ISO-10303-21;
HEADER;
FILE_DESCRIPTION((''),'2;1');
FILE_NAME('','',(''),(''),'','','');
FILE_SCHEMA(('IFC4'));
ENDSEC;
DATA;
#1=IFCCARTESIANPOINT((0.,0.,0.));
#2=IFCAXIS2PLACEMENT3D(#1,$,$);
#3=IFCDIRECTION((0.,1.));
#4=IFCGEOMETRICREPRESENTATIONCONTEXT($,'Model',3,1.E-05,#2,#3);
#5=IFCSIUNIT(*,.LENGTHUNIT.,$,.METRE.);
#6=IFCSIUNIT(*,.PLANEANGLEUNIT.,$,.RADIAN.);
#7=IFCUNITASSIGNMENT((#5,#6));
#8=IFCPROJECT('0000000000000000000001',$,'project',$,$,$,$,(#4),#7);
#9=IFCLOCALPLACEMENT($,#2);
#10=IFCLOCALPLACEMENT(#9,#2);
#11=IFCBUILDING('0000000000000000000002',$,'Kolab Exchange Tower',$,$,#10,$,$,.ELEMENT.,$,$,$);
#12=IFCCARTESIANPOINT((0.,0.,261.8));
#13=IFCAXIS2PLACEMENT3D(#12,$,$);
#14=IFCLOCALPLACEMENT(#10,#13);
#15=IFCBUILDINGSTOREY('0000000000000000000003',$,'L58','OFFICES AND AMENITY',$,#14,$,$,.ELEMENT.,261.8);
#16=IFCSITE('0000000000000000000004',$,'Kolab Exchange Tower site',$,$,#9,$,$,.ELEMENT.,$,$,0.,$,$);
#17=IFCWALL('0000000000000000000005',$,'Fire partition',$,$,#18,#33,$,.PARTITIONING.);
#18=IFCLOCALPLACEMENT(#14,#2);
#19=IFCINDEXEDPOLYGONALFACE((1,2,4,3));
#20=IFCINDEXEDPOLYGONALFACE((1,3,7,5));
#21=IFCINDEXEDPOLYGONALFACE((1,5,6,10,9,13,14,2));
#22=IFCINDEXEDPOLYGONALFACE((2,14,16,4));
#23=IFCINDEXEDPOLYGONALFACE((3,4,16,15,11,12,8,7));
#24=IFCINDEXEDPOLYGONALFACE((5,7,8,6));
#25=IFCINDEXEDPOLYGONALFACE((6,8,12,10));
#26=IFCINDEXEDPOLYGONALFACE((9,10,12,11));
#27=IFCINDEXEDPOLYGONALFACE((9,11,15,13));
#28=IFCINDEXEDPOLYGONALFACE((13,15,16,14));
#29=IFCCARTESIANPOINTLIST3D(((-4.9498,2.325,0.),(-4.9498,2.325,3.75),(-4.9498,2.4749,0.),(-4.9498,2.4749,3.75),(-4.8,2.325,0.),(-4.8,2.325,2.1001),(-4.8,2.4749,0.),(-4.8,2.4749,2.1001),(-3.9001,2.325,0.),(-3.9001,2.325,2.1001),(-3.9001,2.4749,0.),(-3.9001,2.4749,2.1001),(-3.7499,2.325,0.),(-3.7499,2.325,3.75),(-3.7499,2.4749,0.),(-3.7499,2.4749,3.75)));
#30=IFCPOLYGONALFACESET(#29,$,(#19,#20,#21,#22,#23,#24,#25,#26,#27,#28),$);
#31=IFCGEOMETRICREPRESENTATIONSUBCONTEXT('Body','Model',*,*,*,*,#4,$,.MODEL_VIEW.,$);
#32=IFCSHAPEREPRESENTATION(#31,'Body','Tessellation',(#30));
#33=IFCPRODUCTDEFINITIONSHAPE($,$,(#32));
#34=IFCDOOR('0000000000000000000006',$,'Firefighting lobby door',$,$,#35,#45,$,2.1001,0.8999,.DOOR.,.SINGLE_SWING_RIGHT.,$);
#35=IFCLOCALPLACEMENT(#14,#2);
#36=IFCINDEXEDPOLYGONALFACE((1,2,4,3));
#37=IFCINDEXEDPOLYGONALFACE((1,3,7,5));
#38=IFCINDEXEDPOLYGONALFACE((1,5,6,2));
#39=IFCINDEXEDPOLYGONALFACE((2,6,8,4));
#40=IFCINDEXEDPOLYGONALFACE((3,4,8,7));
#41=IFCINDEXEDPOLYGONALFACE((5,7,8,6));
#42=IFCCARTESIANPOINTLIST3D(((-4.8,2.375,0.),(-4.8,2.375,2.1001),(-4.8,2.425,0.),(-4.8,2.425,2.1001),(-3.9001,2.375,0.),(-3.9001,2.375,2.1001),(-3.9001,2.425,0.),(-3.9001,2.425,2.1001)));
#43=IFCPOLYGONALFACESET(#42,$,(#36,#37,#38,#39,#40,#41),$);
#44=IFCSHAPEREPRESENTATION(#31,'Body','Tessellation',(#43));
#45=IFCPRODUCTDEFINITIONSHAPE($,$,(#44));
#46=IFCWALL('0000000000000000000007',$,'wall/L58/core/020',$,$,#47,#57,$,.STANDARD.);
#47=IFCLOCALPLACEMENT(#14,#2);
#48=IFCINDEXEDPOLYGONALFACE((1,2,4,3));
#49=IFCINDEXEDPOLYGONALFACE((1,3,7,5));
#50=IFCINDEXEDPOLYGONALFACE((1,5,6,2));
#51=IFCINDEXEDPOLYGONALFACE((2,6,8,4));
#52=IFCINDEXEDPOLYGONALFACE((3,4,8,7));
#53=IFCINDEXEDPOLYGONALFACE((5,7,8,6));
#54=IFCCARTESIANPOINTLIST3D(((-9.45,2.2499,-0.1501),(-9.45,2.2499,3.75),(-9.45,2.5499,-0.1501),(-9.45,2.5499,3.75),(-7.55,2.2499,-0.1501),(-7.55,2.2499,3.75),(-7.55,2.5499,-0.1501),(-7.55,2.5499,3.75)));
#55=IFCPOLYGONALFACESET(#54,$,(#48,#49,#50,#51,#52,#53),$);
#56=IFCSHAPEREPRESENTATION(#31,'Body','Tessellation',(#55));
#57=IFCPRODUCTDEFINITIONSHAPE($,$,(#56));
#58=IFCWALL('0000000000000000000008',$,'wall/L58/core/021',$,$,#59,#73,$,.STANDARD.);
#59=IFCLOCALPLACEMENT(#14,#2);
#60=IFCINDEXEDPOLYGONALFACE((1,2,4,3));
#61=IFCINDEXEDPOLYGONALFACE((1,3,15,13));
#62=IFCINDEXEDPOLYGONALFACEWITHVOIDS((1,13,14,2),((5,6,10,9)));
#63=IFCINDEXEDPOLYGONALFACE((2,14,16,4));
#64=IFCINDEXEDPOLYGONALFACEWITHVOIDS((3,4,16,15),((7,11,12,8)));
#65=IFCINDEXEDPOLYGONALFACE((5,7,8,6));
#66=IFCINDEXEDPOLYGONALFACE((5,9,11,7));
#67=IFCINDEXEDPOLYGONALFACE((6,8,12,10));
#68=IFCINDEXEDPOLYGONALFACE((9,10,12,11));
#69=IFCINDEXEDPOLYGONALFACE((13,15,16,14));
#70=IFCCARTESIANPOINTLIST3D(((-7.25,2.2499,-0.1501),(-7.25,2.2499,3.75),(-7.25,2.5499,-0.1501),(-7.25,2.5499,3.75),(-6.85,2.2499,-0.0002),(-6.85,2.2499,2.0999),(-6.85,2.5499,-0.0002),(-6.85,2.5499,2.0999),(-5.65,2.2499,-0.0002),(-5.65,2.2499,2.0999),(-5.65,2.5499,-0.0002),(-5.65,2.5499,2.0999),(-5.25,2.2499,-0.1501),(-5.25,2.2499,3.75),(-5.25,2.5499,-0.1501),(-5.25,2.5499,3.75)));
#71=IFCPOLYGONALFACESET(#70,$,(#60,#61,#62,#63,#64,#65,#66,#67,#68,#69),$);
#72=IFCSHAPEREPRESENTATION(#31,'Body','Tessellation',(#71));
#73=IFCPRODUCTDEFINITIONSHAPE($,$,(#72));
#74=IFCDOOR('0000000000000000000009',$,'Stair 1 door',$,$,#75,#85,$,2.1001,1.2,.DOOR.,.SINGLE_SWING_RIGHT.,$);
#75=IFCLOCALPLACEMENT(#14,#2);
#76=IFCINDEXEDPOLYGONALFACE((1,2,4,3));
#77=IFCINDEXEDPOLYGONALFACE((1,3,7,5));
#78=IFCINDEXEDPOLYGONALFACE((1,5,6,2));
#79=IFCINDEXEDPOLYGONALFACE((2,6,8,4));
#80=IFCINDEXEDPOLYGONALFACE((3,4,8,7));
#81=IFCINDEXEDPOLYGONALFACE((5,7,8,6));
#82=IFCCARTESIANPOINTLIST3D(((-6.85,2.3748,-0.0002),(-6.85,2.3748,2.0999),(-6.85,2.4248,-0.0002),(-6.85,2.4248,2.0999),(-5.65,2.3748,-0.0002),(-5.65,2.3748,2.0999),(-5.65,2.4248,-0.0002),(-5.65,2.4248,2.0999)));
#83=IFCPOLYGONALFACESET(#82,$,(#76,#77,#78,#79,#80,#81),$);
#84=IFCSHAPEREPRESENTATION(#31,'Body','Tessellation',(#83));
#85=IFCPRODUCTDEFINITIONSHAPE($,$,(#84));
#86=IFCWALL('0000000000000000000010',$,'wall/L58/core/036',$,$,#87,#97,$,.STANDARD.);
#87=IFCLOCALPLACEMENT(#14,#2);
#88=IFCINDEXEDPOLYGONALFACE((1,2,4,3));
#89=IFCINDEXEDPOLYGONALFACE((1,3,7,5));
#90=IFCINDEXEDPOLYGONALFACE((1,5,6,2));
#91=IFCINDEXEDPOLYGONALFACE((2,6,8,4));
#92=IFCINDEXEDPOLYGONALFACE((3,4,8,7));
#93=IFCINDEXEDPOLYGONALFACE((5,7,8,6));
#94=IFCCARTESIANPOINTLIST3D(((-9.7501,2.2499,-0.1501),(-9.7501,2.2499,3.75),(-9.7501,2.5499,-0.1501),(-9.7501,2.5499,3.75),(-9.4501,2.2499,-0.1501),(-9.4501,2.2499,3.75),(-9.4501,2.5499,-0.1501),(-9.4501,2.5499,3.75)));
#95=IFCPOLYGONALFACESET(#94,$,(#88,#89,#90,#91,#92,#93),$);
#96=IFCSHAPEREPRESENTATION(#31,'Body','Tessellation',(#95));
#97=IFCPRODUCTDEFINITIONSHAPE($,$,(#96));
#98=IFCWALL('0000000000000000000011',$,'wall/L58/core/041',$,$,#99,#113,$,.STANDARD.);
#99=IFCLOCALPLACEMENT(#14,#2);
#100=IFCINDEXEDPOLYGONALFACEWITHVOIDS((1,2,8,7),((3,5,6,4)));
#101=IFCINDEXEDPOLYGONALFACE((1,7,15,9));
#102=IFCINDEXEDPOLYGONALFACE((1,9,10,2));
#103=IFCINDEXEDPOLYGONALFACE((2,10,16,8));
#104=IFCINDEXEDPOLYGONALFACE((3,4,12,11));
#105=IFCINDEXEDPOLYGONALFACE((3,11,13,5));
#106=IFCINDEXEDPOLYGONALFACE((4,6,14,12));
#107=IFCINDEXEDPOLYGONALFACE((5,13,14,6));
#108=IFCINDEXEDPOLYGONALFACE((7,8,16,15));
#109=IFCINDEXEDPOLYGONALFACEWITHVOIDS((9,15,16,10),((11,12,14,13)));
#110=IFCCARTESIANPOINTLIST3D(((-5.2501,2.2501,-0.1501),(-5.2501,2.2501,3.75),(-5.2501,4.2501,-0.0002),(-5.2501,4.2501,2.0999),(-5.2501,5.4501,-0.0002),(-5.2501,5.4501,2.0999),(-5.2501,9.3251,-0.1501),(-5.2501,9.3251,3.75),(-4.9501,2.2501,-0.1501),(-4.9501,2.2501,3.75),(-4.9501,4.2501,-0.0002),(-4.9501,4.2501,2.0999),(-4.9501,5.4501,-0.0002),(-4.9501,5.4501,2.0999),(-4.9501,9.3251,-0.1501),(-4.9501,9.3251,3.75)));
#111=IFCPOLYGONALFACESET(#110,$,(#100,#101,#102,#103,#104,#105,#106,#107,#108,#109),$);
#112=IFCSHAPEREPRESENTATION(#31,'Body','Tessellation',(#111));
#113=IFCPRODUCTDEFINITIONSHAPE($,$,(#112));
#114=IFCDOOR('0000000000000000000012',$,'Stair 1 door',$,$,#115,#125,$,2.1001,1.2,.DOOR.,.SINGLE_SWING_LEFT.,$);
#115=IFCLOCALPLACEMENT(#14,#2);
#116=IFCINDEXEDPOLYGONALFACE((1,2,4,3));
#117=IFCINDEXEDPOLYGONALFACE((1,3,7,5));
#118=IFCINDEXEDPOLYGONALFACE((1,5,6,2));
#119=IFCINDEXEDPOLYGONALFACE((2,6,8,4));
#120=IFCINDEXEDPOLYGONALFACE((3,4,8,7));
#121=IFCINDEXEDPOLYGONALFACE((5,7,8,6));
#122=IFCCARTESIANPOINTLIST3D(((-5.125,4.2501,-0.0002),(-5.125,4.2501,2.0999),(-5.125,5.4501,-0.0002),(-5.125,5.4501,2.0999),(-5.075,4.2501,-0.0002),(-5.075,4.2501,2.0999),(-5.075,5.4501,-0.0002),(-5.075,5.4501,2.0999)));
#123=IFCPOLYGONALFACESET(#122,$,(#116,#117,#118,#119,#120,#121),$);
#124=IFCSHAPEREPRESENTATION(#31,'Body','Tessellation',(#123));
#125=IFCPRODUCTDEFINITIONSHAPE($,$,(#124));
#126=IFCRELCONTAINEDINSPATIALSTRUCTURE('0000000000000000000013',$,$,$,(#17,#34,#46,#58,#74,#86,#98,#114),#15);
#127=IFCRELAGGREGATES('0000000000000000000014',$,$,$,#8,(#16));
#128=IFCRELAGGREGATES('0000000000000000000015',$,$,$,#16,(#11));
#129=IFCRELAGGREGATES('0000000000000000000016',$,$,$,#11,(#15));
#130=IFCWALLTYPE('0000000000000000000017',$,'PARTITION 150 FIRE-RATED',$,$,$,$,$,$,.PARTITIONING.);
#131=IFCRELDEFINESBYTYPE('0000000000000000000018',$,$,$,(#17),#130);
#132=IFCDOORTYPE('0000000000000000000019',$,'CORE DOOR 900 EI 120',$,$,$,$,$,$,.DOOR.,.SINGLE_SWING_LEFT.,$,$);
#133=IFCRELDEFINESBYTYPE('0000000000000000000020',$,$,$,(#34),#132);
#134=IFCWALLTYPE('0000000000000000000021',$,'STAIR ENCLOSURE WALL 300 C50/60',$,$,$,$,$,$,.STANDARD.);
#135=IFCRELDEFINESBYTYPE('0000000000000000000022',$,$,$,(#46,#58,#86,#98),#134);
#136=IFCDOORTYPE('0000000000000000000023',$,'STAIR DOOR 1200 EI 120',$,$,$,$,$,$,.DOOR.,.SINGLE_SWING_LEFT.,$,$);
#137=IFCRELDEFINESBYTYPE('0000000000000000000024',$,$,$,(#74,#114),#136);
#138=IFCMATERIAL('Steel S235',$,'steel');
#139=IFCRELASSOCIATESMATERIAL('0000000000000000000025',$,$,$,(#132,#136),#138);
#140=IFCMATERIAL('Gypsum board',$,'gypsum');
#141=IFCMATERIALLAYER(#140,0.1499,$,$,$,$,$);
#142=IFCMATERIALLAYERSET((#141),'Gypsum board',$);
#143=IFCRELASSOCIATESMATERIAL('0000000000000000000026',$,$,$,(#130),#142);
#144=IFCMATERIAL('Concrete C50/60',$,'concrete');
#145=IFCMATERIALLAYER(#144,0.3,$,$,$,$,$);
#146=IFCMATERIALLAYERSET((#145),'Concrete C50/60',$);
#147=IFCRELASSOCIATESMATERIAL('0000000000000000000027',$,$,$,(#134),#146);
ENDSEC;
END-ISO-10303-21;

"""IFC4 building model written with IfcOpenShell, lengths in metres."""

from ifc_helpers import new_model, si_unit, direction, frame, frame_2d, origin, place, context, subcontext, project, spatial, rectangle, extrude, material, layer, layer_set, type_object, element, fill, save


model = new_model("IFC4")

# Units and contexts
model_context = context("Model", 3, precision=1e-05, world=origin(), true_north=direction((0.0, 1.0)))
body_context = subcontext(model_context, "Body", "Model", "MODEL_VIEW")
ifc_project = project(units=[si_unit("LENGTHUNIT", "METRE"), si_unit("PLANEANGLEUNIT", "RADIAN")], contexts=[model_context])

# Site, building, storey
site_placement = place(None, origin())
site = spatial("IfcSite", under=ifc_project, at=site_placement, Name="Kolab Exchange Tower site", CompositionType="ELEMENT", RefElevation=0.0)
building_placement = place(site_placement, origin())
building = spatial("IfcBuilding", under=site, at=building_placement, Name="Kolab Exchange Tower", CompositionType="ELEMENT")
storey_placement = place(building_placement, frame((0.0, 0.0, 261.8)))
storey = spatial("IfcBuildingStorey", under=building, at=storey_placement, Name="L58", Description="OFFICES AND AMENITY", CompositionType="ELEMENT", Elevation=261.8)

# Shared definitions
ifc_material_1 = material(Name="Concrete C50/60", Category="concrete")
ifc_material_2 = material(Name="Steel S235", Category="steel")
door_type_1 = type_object("IfcDoorType", Name="CORE DOOR 900 EI 120", OperationType="SINGLE_SWING_LEFT", PredefinedType="DOOR", material=ifc_material_2)

# Wall, opening, door
ifc_material_3 = material(Name="Gypsum board", Category="gypsum")
ifc_layer_1 = layer(ifc_material_3, 0.1499)
ifc_layer_set_1 = layer_set([ifc_layer_1], Name="Gypsum board")
wall_type_1 = type_object("IfcWallType", Name="PARTITION 150 FIRE-RATED", PredefinedType="PARTITIONING", material=ifc_layer_set_1)
wall_1_placement = place(storey_placement, frame((-4.95, 2.3999, 0.0), z_axis=(0.0, 0.0, 1.0), x_axis=(1.0, 0.0, 0.0)))
wall_1 = element("IfcWall", 1, at=wall_1_placement, inside=storey, type_object=wall_type_1, Name="Fire partition", PredefinedType="PARTITIONING", context=body_context, shape_type="SweptSolid", body=[
    extrude(rectangle(XDim=1.2, YDim=0.1499, at=frame_2d((0.6001, 0.0))), origin(), (0.0, 0.0, 1.0), 3.75),
])
opening_1_placement = place(wall_1_placement, frame((0.1499, 0.0, 0.0)))
opening_1 = element("IfcOpeningElement", 2, at=opening_1_placement, cuts=wall_1, PredefinedType="OPENING", context=body_context, shape_type="SweptSolid", body=[
    extrude(rectangle(XDim=0.8999, YDim=2.1001, at=frame_2d((0.45, 1.05))), frame((0.0, 0.085, 0.0), z_axis=(0.0, -1.0, 0.0), x_axis=(1.0, 0.0, 0.0)), (0.0, 0.0, 1.0), 0.1699),
])
door_1_placement = place(opening_1_placement, frame((0.8999, 0.0, 0.0), z_axis=(0.0, 0.0, 1.0), x_axis=(-1.0, 0.0, 0.0)))
door_1 = element("IfcDoor", 3, at=door_1_placement, inside=storey, type_object=door_type_1, Name="Firefighting lobby door", OperationType="SINGLE_SWING_RIGHT", OverallHeight=2.1001, OverallWidth=0.8999, PredefinedType="DOOR", context=body_context, shape_type="SweptSolid", body=[
    extrude(rectangle(XDim=0.8999, YDim=2.1001, at=frame_2d((0.45, 1.05))), frame((0.0, 0.0249, 0.0), z_axis=(0.0, -1.0, 0.0), x_axis=(1.0, 0.0, 0.0)), (0.0, 0.0, 1.0), 0.05),
])
fill(opening_1, door_1)

# Wall
ifc_layer_2 = layer(ifc_material_1, 0.3)
ifc_layer_set_2 = layer_set([ifc_layer_2], Name="Concrete C50/60")
wall_type_2 = type_object("IfcWallType", Name="STAIR ENCLOSURE WALL 300 C50/60", PredefinedType="STANDARD", material=ifc_layer_set_2)
wall_2_placement = place(storey_placement, frame((-9.45, 2.3999, -0.1501), z_axis=(0.0, 0.0, 1.0), x_axis=(1.0, 0.0, 0.0)))
element("IfcWall", 4, at=wall_2_placement, inside=storey, type_object=wall_type_2, Name="wall/L58/core/020", PredefinedType="STANDARD", context=body_context, shape_type="SweptSolid", body=[
    extrude(rectangle(XDim=1.8999, YDim=0.3, at=frame_2d((0.95, 0.0))), origin(), (0.0, 0.0, 1.0), 3.9001),
])

# Wall, opening, door
wall_3_placement = place(storey_placement, frame((-7.25, 2.3999, -0.1501), z_axis=(0.0, 0.0, 1.0), x_axis=(1.0, 0.0, 0.0)))
wall_3 = element("IfcWall", 5, at=wall_3_placement, inside=storey, type_object=wall_type_2, Name="wall/L58/core/021", PredefinedType="STANDARD", context=body_context, shape_type="SweptSolid", body=[
    extrude(rectangle(XDim=2.0, YDim=0.3, at=frame_2d((1.0, 0.0))), origin(), (0.0, 0.0, 1.0), 3.9001),
])
opening_2_placement = place(wall_3_placement, frame((0.3999, 0.0, 0.1499)))
opening_2 = element("IfcOpeningElement", 6, at=opening_2_placement, cuts=wall_3, PredefinedType="OPENING", context=body_context, shape_type="SweptSolid", body=[
    extrude(rectangle(XDim=1.2, YDim=2.1001, at=frame_2d((0.6001, 1.05))), frame((0.0, 0.1602, 0.0), z_axis=(0.0, -1.0, 0.0), x_axis=(1.0, 0.0, 0.0)), (0.0, 0.0, 1.0), 0.3201),
])
door_type_2 = type_object("IfcDoorType", Name="STAIR DOOR 1200 EI 120", OperationType="SINGLE_SWING_LEFT", PredefinedType="DOOR", material=ifc_material_2)
door_2_placement = place(opening_2_placement, origin())
door_2 = element("IfcDoor", 7, at=door_2_placement, inside=storey, type_object=door_type_2, Name="Stair 1 door", OperationType="SINGLE_SWING_RIGHT", OverallHeight=2.1001, OverallWidth=1.2, PredefinedType="DOOR", context=body_context, shape_type="SweptSolid", body=[
    extrude(rectangle(XDim=1.2, YDim=2.1001, at=frame_2d((0.6001, 1.05))), frame((0.0, 0.0249, 0.0), z_axis=(0.0, -1.0, 0.0), x_axis=(1.0, 0.0, 0.0)), (0.0, 0.0, 1.0), 0.05),
])
fill(opening_2, door_2)

# Wall
wall_4_placement = place(storey_placement, frame((-9.6001, 2.25, -0.1501), z_axis=(0.0, 0.0, 1.0), x_axis=(0.0, 1.0, 0.0)))
element("IfcWall", 8, at=wall_4_placement, inside=storey, type_object=wall_type_2, Name="wall/L58/core/036", PredefinedType="STANDARD", context=body_context, shape_type="SweptSolid", body=[
    extrude(rectangle(XDim=0.3, YDim=0.3, at=frame_2d((0.1499, 0.0))), origin(), (0.0, 0.0, 1.0), 3.9001),
])

# Wall, opening, door
wall_5_placement = place(storey_placement, frame((-5.1001, 2.25, -0.1501), z_axis=(0.0, 0.0, 1.0), x_axis=(0.0, 1.0, 0.0)))
wall_5 = element("IfcWall", 9, at=wall_5_placement, inside=storey, type_object=wall_type_2, Name="wall/L58/core/041", PredefinedType="STANDARD", context=body_context, shape_type="SweptSolid", body=[
    extrude(rectangle(XDim=7.075, YDim=0.3, at=frame_2d((3.5376, 0.0))), origin(), (0.0, 0.0, 1.0), 3.9001),
])
opening_3_placement = place(wall_5_placement, frame((2.0, 0.0, 0.1499)))
opening_3 = element("IfcOpeningElement", 10, at=opening_3_placement, cuts=wall_5, PredefinedType="OPENING", context=body_context, shape_type="SweptSolid", body=[
    extrude(rectangle(XDim=1.2, YDim=2.1001, at=frame_2d((0.6001, 1.05))), frame((0.0, 0.1602, 0.0), z_axis=(0.0, -1.0, 0.0), x_axis=(1.0, 0.0, 0.0)), (0.0, 0.0, 1.0), 0.3201),
])
door_3_placement = place(opening_3_placement, origin())
door_3 = element("IfcDoor", 11, at=door_3_placement, inside=storey, type_object=door_type_2, Name="Stair 1 door", OperationType="SINGLE_SWING_LEFT", OverallHeight=2.1001, OverallWidth=1.2, PredefinedType="DOOR", context=body_context, shape_type="SweptSolid", body=[
    extrude(rectangle(XDim=1.2, YDim=2.1001, at=frame_2d((0.6001, 1.05))), frame((0.0, 0.0249, 0.0), z_axis=(0.0, -1.0, 0.0), x_axis=(1.0, 0.0, 0.0)), (0.0, 0.0, 1.0), 0.05),
])
fill(opening_3, door_3)

save(model, "model.ifc")
